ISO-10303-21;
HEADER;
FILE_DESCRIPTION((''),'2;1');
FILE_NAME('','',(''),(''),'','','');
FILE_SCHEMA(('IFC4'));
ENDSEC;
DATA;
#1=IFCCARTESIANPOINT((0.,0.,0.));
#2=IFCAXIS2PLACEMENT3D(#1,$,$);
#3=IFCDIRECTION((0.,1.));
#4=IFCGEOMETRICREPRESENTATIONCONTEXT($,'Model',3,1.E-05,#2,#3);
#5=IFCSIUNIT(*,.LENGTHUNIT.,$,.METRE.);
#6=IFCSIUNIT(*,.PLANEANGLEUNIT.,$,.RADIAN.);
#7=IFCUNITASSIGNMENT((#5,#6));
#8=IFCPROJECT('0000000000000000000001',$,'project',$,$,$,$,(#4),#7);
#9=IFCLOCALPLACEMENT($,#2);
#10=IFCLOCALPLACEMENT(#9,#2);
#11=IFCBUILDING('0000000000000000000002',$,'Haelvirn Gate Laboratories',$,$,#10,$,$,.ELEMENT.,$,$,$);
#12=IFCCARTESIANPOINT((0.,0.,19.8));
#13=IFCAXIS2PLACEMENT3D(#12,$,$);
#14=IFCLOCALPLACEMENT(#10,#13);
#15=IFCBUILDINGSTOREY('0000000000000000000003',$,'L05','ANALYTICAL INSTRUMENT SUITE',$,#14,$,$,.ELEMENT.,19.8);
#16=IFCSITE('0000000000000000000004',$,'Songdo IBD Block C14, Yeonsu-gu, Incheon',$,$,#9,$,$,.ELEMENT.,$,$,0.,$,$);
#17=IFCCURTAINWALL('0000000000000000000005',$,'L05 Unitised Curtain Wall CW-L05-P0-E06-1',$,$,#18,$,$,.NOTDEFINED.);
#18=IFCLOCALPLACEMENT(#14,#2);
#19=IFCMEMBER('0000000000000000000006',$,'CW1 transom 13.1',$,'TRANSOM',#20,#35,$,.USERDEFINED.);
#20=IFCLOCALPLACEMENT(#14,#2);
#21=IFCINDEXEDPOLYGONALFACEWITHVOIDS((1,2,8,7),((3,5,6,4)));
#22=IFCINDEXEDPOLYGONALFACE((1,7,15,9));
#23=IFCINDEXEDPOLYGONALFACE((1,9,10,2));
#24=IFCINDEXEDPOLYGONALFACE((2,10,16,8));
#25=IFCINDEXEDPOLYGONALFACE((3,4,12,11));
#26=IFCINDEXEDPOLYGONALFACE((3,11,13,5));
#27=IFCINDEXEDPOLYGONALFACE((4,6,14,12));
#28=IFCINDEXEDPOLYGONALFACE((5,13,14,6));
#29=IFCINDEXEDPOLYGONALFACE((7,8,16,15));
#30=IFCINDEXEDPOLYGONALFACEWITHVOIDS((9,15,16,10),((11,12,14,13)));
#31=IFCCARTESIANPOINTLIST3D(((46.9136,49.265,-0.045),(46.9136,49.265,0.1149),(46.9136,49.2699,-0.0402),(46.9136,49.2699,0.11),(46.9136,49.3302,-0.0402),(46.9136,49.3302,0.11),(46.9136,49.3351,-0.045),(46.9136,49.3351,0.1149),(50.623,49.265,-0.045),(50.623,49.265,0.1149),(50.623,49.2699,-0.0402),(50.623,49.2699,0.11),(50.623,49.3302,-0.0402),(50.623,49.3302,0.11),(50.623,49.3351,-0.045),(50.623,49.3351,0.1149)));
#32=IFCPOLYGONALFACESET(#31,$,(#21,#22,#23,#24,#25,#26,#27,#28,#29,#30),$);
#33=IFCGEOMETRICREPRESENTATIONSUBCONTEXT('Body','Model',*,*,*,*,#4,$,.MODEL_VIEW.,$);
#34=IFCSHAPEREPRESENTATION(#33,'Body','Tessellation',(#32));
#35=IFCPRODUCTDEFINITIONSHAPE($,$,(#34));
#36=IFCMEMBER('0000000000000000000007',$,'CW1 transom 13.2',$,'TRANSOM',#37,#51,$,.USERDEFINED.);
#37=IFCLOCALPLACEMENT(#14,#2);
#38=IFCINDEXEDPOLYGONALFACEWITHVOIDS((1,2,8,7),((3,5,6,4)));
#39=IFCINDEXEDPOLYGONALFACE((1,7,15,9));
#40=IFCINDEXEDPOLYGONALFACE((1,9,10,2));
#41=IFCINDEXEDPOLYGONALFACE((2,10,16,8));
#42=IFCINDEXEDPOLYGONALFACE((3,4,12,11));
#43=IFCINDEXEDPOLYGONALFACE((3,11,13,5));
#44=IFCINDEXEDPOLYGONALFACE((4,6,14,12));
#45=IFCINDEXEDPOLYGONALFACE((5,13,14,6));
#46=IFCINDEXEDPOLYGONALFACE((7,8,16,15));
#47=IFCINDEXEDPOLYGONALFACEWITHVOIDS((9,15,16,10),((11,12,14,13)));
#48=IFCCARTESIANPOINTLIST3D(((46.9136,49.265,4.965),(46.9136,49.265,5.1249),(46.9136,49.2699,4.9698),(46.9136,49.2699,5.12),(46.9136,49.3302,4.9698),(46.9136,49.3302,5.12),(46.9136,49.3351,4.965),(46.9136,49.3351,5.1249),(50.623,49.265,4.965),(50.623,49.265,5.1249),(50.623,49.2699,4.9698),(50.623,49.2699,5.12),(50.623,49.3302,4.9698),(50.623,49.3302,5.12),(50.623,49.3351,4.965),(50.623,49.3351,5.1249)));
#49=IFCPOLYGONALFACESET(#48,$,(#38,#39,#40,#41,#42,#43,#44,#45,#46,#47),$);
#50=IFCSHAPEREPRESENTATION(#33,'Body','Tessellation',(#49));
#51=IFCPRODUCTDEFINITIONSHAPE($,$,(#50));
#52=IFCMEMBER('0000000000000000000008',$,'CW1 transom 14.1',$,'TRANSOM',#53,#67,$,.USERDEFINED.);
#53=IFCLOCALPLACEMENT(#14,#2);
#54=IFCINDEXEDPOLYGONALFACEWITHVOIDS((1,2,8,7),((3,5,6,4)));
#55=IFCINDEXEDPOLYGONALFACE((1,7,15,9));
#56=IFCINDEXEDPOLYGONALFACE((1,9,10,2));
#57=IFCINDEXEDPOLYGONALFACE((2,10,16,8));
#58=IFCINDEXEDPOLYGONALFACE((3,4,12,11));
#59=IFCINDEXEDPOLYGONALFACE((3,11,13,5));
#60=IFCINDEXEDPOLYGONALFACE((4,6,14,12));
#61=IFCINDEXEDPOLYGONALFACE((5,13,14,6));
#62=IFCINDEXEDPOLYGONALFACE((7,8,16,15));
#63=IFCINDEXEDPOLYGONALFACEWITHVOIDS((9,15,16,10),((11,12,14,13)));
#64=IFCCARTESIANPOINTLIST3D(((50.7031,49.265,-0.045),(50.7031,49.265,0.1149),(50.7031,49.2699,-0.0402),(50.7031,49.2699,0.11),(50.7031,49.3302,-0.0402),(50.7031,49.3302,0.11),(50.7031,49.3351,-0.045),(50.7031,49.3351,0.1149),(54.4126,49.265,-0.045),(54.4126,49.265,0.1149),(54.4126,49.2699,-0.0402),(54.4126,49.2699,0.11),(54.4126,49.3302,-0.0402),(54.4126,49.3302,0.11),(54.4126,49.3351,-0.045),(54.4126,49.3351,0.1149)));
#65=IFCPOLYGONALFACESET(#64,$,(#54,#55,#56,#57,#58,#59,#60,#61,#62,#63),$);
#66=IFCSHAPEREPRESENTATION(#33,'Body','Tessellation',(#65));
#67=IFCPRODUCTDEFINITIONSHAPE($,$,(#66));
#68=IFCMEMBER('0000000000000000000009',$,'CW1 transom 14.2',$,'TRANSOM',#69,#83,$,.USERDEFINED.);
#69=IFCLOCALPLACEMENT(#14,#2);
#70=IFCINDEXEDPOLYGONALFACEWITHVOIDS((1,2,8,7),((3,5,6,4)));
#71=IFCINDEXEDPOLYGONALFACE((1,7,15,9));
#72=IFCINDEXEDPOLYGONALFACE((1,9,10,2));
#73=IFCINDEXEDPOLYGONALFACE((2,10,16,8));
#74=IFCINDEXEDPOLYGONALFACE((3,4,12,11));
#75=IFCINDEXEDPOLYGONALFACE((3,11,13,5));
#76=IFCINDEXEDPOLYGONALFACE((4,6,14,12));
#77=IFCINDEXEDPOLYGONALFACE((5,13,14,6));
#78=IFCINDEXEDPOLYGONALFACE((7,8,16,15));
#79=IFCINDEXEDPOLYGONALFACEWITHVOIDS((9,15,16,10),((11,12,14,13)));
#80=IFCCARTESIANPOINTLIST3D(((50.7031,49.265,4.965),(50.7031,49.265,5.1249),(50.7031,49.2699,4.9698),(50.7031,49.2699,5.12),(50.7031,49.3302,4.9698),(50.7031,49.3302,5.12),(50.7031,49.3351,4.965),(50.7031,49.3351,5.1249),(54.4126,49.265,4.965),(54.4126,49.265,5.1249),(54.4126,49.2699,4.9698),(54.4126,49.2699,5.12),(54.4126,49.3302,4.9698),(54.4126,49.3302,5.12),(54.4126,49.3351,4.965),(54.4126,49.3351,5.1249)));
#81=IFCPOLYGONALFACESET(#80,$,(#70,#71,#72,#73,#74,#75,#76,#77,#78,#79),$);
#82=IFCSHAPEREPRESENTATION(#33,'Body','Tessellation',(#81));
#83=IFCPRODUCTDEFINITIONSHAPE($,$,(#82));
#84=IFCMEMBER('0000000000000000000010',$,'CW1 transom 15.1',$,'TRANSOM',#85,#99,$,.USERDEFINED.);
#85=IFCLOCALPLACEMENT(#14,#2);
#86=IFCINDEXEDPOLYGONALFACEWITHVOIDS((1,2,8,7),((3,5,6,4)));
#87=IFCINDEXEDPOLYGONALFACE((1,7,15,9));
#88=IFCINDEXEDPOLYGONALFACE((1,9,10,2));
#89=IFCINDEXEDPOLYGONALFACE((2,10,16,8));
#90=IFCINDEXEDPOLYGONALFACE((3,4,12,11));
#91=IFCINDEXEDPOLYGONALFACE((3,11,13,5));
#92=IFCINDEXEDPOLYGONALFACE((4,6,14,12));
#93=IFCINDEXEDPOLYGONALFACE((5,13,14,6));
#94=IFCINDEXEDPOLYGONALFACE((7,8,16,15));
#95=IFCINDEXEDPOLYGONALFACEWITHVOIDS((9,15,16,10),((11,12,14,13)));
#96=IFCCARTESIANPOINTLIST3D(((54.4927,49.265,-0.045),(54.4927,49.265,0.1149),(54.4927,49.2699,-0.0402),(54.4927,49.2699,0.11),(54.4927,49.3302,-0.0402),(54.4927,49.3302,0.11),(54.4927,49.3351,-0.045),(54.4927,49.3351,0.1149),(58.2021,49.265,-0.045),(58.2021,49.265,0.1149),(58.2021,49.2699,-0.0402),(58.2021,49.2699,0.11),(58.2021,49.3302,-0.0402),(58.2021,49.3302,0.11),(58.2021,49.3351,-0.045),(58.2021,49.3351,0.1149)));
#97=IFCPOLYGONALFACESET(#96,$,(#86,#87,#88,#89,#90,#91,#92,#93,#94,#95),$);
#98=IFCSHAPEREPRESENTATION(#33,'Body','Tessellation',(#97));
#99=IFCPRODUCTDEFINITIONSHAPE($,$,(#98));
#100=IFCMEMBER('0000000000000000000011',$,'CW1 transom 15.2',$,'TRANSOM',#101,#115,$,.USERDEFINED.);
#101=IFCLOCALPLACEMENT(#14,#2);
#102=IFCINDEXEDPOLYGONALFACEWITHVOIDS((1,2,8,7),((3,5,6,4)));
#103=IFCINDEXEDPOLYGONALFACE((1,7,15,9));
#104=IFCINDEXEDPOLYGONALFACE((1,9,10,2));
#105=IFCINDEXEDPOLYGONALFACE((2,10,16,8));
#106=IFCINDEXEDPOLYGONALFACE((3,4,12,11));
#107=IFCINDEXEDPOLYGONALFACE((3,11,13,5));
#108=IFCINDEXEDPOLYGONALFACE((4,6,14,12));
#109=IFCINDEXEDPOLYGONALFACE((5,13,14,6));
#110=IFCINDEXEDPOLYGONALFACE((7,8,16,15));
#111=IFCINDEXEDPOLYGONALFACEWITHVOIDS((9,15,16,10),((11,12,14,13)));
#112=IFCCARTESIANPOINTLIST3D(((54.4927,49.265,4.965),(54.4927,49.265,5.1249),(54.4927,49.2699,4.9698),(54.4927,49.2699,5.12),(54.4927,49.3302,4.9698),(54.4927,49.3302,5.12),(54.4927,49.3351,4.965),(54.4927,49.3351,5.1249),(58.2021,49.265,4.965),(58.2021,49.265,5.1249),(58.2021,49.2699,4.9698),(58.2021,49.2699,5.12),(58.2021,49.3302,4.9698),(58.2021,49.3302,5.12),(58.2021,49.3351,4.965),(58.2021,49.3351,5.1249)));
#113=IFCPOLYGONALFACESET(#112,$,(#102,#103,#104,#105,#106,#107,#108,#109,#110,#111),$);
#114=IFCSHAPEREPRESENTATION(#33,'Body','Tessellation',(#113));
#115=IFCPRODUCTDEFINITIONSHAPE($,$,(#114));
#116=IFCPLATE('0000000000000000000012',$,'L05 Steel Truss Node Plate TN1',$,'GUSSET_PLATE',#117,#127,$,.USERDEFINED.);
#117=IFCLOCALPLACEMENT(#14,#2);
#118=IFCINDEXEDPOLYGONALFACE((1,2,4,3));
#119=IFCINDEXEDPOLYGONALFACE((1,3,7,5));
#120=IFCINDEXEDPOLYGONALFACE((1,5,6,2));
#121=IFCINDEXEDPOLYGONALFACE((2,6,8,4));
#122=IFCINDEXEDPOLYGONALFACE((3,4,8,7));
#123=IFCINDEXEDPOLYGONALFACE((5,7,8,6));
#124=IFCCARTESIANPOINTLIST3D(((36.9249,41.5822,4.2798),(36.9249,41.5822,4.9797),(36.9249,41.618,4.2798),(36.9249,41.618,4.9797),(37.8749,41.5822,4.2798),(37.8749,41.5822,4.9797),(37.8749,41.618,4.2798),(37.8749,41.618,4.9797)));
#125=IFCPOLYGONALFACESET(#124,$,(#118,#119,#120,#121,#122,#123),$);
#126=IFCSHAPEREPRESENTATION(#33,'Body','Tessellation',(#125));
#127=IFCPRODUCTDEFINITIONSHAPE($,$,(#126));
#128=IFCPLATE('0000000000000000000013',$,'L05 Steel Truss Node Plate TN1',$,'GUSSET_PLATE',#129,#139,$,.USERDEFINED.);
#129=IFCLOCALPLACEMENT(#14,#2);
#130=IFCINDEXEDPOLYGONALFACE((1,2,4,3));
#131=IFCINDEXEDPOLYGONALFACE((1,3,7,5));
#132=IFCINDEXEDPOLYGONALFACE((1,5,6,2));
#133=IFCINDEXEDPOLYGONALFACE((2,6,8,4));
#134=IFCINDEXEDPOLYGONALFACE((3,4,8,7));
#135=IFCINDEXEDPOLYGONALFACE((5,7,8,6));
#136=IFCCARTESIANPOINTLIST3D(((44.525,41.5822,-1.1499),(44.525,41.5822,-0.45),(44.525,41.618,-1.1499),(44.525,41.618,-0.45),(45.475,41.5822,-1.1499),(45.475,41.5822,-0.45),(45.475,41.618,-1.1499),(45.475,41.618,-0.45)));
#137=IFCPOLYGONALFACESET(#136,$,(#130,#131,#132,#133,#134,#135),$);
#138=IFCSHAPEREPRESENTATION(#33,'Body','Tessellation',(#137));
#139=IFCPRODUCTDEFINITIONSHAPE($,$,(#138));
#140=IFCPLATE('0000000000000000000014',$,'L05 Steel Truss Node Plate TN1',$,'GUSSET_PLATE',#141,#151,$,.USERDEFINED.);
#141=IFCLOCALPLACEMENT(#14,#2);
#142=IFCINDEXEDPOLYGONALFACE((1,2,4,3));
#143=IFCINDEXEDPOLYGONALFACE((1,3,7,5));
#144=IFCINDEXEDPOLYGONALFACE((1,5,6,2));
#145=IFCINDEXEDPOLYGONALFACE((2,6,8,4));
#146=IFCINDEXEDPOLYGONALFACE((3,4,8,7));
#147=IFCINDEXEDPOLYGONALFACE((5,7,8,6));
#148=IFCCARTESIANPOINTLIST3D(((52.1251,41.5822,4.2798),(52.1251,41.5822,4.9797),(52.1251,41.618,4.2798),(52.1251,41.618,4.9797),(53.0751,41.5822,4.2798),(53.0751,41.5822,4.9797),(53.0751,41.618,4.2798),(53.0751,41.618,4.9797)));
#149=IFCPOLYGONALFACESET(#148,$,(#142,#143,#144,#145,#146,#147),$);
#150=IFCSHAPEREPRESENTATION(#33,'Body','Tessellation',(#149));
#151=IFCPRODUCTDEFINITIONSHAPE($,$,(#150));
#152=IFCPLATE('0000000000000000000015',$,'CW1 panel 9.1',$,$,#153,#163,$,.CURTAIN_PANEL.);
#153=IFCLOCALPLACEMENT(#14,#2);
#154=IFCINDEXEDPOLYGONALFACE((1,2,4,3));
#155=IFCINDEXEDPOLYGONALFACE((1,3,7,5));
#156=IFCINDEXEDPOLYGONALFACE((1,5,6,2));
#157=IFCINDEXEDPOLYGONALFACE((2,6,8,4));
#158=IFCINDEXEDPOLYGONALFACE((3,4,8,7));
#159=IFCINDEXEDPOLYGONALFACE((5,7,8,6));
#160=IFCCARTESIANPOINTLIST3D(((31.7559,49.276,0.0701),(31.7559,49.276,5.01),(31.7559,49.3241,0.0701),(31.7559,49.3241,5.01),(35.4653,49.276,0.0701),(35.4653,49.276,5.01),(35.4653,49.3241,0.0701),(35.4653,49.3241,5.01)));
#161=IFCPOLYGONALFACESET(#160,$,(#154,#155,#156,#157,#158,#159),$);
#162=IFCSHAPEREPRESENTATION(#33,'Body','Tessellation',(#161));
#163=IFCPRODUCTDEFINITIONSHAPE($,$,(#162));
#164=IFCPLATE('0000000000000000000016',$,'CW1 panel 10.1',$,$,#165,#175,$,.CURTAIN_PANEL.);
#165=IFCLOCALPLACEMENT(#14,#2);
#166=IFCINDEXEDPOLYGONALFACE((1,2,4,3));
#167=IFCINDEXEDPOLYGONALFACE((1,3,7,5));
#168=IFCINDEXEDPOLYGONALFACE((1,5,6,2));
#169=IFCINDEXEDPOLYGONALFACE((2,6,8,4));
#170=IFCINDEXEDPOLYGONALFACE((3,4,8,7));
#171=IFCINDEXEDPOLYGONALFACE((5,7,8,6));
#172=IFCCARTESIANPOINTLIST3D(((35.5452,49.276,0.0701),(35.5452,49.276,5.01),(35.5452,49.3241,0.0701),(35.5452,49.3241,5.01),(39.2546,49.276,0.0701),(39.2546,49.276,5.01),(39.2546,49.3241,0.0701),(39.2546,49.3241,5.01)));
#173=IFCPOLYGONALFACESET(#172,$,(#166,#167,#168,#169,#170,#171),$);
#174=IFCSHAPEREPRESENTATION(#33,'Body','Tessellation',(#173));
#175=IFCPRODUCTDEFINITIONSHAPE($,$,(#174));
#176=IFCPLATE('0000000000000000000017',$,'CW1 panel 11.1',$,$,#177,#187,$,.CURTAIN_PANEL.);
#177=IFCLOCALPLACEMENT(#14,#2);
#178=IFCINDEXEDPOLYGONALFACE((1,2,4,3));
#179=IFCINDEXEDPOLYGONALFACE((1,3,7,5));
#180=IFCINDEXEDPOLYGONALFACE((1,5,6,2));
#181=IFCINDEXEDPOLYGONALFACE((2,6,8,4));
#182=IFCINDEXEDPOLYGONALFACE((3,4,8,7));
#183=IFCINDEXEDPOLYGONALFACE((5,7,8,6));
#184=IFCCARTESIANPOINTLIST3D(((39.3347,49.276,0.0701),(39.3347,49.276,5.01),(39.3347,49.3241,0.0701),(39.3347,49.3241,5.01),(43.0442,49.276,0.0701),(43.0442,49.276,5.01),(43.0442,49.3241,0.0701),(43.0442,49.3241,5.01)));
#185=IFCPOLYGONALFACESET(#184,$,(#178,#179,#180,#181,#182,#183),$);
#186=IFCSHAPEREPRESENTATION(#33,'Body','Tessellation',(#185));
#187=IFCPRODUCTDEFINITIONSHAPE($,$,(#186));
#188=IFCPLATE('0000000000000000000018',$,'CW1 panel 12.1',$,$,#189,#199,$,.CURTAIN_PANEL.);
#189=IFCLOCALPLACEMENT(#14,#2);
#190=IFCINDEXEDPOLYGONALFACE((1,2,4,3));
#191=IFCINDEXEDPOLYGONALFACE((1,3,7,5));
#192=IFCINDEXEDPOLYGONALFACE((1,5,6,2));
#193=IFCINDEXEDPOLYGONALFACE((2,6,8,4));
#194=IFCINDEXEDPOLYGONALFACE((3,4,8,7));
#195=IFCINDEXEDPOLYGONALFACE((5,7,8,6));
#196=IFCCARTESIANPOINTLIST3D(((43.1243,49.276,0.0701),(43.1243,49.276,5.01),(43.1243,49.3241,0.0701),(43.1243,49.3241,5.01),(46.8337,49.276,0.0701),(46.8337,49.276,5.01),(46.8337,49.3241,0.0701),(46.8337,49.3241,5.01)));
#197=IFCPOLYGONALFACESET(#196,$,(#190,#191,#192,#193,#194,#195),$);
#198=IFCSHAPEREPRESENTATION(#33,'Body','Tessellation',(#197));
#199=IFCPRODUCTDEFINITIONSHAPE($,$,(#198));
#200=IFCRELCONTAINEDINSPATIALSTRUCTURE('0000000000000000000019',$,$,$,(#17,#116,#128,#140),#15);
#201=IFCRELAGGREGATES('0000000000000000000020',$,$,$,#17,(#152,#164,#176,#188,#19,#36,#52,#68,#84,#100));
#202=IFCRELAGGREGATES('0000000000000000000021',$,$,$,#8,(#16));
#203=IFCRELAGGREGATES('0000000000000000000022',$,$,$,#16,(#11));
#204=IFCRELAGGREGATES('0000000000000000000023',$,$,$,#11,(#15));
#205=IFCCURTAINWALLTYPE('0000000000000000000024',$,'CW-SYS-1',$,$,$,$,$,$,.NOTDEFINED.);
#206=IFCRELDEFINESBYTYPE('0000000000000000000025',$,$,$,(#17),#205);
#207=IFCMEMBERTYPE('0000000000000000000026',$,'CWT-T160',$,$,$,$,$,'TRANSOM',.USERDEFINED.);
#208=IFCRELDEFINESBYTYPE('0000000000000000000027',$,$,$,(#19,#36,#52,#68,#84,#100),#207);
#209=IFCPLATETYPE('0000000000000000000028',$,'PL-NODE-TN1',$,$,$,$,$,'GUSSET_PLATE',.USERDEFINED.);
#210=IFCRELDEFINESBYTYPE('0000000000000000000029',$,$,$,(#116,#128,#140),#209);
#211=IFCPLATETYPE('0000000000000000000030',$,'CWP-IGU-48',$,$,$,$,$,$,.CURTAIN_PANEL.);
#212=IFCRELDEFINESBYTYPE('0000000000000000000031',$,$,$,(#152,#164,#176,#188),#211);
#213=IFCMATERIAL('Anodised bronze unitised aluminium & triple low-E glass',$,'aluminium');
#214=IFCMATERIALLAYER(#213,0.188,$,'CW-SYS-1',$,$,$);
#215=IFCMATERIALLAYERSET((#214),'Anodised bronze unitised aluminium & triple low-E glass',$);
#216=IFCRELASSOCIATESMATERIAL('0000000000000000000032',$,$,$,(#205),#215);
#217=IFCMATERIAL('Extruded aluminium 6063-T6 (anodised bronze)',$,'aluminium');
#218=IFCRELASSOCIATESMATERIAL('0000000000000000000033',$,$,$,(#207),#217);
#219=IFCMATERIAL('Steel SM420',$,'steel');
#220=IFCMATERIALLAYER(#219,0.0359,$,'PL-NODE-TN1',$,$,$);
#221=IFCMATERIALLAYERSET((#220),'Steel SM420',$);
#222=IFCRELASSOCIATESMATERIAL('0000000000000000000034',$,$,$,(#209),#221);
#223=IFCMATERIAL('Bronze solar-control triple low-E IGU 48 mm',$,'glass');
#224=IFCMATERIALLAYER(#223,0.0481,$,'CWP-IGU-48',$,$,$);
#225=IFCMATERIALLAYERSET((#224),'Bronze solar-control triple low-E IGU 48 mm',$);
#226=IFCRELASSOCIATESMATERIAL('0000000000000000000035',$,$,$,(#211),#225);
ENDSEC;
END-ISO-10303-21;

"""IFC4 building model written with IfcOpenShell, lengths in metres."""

from ifc_helpers import new_model, si_unit, direction, frame, origin, origin_2d, place, context, subcontext, project, spatial, rectangle, hollow_rectangle, extrude, source, transform, mapped, material, layer, layer_set, material_profile, profile_set, type_object, type_shapes, element, aggregate, save


model = new_model("IFC4")

# Units and contexts
model_context = context("Model", 3, precision=1e-05, world=origin(), true_north=direction((0.0, 1.0)))
body_context = subcontext(model_context, "Body", "Model", "MODEL_VIEW")
ifc_project = project(units=[si_unit("LENGTHUNIT", "METRE"), si_unit("PLANEANGLEUNIT", "RADIAN")], contexts=[model_context])

# Site, building, storey
site_placement = place(None, origin())
site = spatial("IfcSite", under=ifc_project, at=site_placement, Name="Songdo IBD Block C14, Yeonsu-gu, Incheon", CompositionType="ELEMENT", RefElevation=0.0)
building_placement = place(site_placement, origin())
building = spatial("IfcBuilding", under=site, at=building_placement, Name="Haelvirn Gate Laboratories", CompositionType="ELEMENT")
storey_placement = place(building_placement, frame((0.0, 0.0, 19.8)))
storey = spatial("IfcBuildingStorey", under=building, at=storey_placement, Name="L05", Description="ANALYTICAL INSTRUMENT SUITE", CompositionType="ELEMENT", Elevation=19.8)

# Shared definitions
ifc_material_1 = material(Name="Steel SM420", Category="steel")

# Curtain wall, members
ifc_material_2 = material(Name="Anodised bronze unitised aluminium & triple low-E glass", Category="aluminium")
ifc_layer_1 = layer(ifc_material_2, 0.188, Name="CW-SYS-1")
ifc_layer_set_1 = layer_set([ifc_layer_1], Name="Anodised bronze unitised aluminium & triple low-E glass")
curtain_wall_type = type_object("IfcCurtainWallType", Name="CW-SYS-1", PredefinedType="NOTDEFINED", material=ifc_layer_set_1)
curtain_wall_placement = place(storey_placement, origin())
curtain_wall = element("IfcCurtainWall", 1, at=curtain_wall_placement, inside=storey, type_object=curtain_wall_type, Name="L05 Unitised Curtain Wall CW-L05-P0-E06-1", PredefinedType="NOTDEFINED")
ifc_material_3 = material(Name="Extruded aluminium 6063-T6 (anodised bronze)", Category="aluminium")
ifc_material_profile_1 = material_profile(ifc_material_3, hollow_rectangle(XDim=0.0701, YDim=0.1599, WallThickness=0.0049, at=origin_2d()), Name="CWT-160x70x5")
ifc_profile_set_1 = profile_set([ifc_material_profile_1], Name="Extruded aluminium 6063-T6 (anodised bronze)")
member_type_1 = type_object("IfcMemberType", Name="CWT-T160", ElementType="TRANSOM", PredefinedType="USERDEFINED", material=ifc_profile_set_1)
shared_shape_1 = source(origin(), body_context, "Body", "SweptSolid", [
    extrude(hollow_rectangle(XDim=0.0701, YDim=0.1599, WallThickness=0.0049, at=origin_2d()), origin(), (0.0, 0.0, 1.0), 3.7095),
])
type_shapes(member_type_1, [shared_shape_1])
member_1_placement = place(storey_placement, frame((46.9136, 49.3, 0.0349), z_axis=(1.0, 0.0, 0.0), x_axis=(0.0, 1.0, 0.0)))
member_1 = element("IfcMember", 2, at=member_1_placement, type_object=member_type_1, Name="CW1 transom 13.1", ObjectType="TRANSOM", PredefinedType="USERDEFINED", context=body_context, shape_type="MappedRepresentation", body=[
    mapped(shared_shape_1, transform((0.0, 0.0, 0.0), scale=1.0)),
])
member_2_placement = place(storey_placement, frame((46.9136, 49.3, 5.0449), z_axis=(1.0, 0.0, 0.0), x_axis=(0.0, 1.0, 0.0)))
member_2 = element("IfcMember", 3, at=member_2_placement, type_object=member_type_1, Name="CW1 transom 13.2", ObjectType="TRANSOM", PredefinedType="USERDEFINED", context=body_context, shape_type="MappedRepresentation", body=[
    mapped(shared_shape_1, transform((0.0, 0.0, 0.0), scale=1.0)),
])
member_3_placement = place(storey_placement, frame((50.7031, 49.3, 0.0349), z_axis=(1.0, 0.0, 0.0), x_axis=(0.0, 1.0, 0.0)))
member_3 = element("IfcMember", 4, at=member_3_placement, type_object=member_type_1, Name="CW1 transom 14.1", ObjectType="TRANSOM", PredefinedType="USERDEFINED", context=body_context, shape_type="MappedRepresentation", body=[
    mapped(shared_shape_1, transform((0.0, 0.0, 0.0), scale=1.0)),
])
member_4_placement = place(storey_placement, frame((50.7031, 49.3, 5.0449), z_axis=(1.0, 0.0, 0.0), x_axis=(0.0, 1.0, 0.0)))
member_4 = element("IfcMember", 5, at=member_4_placement, type_object=member_type_1, Name="CW1 transom 14.2", ObjectType="TRANSOM", PredefinedType="USERDEFINED", context=body_context, shape_type="MappedRepresentation", body=[
    mapped(shared_shape_1, transform((0.0, 0.0, 0.0), scale=1.0)),
])
member_5_placement = place(storey_placement, frame((54.4927, 49.3, 0.0349), z_axis=(1.0, 0.0, 0.0), x_axis=(0.0, 1.0, 0.0)))
member_5 = element("IfcMember", 6, at=member_5_placement, type_object=member_type_1, Name="CW1 transom 15.1", ObjectType="TRANSOM", PredefinedType="USERDEFINED", context=body_context, shape_type="MappedRepresentation", body=[
    mapped(shared_shape_1, transform((0.0, 0.0, 0.0), scale=1.0)),
])
member_6_placement = place(storey_placement, frame((54.4927, 49.3, 5.0449), z_axis=(1.0, 0.0, 0.0), x_axis=(0.0, 1.0, 0.0)))
member_6 = element("IfcMember", 7, at=member_6_placement, type_object=member_type_1, Name="CW1 transom 15.2", ObjectType="TRANSOM", PredefinedType="USERDEFINED", context=body_context, shape_type="MappedRepresentation", body=[
    mapped(shared_shape_1, transform((0.0, 0.0, 0.0), scale=1.0)),
])

# Plates
ifc_layer_2 = layer(ifc_material_1, 0.0359, Name="PL-NODE-TN1")
ifc_layer_set_2 = layer_set([ifc_layer_2], Name="Steel SM420")
plate_type_1 = type_object("IfcPlateType", Name="PL-NODE-TN1", ElementType="GUSSET_PLATE", PredefinedType="USERDEFINED", material=ifc_layer_set_2)
shared_shape_2 = source(origin(), body_context, "Body", "SweptSolid", [
    extrude(rectangle(XDim=0.95, YDim=0.0359, at=origin_2d()), origin(), (0.0, 0.0, 1.0), 0.7),
])
type_shapes(plate_type_1, [shared_shape_2])
for number, where, z_axis, x_axis, name in (
    (8, (37.3999, 41.6001, 4.2798), (0.0, 0.0, 1.0), (1.0, 0.0, 0.0), "L05 Steel Truss Node Plate TN1"),
    (9, (45.0, 41.6001, -1.1499), (0.0, 0.0, 1.0), (1.0, 0.0, 0.0), "L05 Steel Truss Node Plate TN1"),
    (10, (52.6001, 41.6001, 4.2798), (0.0, 0.0, 1.0), (1.0, 0.0, 0.0), "L05 Steel Truss Node Plate TN1"),
):
    element("IfcPlate", number, at=place(storey_placement, frame(where, z_axis=z_axis, x_axis=x_axis)), inside=storey, type_object=plate_type_1, Name=name, ObjectType="GUSSET_PLATE", PredefinedType="USERDEFINED", context=body_context, shape_type="MappedRepresentation", body=[
        mapped(shared_shape_2, transform((0.0, 0.0, 0.0), scale=1.0)),
    ])

# Plates
ifc_material_4 = material(Name="Bronze solar-control triple low-E IGU 48 mm", Category="glass")
ifc_layer_3 = layer(ifc_material_4, 0.0481, Name="CWP-IGU-48")
ifc_layer_set_3 = layer_set([ifc_layer_3], Name="Bronze solar-control triple low-E IGU 48 mm")
plate_type_2 = type_object("IfcPlateType", Name="CWP-IGU-48", PredefinedType="CURTAIN_PANEL", material=ifc_layer_set_3)
shared_shape_3 = source(origin(), body_context, "Body", "SweptSolid", [
    extrude(rectangle(XDim=3.7095, YDim=0.0481, at=origin_2d()), origin(), (0.0, 0.0, 1.0), 4.9399),
])
type_shapes(plate_type_2, [shared_shape_3])
plate_1_placement = place(storey_placement, frame((33.6106, 49.3, 0.0701), z_axis=(0.0, 0.0, 1.0), x_axis=(1.0, 0.0, 0.0)))
plate_1 = element("IfcPlate", 11, at=plate_1_placement, type_object=plate_type_2, Name="CW1 panel 9.1", PredefinedType="CURTAIN_PANEL", context=body_context, shape_type="MappedRepresentation", body=[
    mapped(shared_shape_3, transform((0.0, 0.0, 0.0), scale=1.0)),
])
plate_2_placement = place(storey_placement, frame((37.3999, 49.3, 0.0701), z_axis=(0.0, 0.0, 1.0), x_axis=(1.0, 0.0, 0.0)))
plate_2 = element("IfcPlate", 12, at=plate_2_placement, type_object=plate_type_2, Name="CW1 panel 10.1", PredefinedType="CURTAIN_PANEL", context=body_context, shape_type="MappedRepresentation", body=[
    mapped(shared_shape_3, transform((0.0, 0.0, 0.0), scale=1.0)),
])
plate_3_placement = place(storey_placement, frame((41.1895, 49.3, 0.0701), z_axis=(0.0, 0.0, 1.0), x_axis=(1.0, 0.0, 0.0)))
plate_3 = element("IfcPlate", 13, at=plate_3_placement, type_object=plate_type_2, Name="CW1 panel 11.1", PredefinedType="CURTAIN_PANEL", context=body_context, shape_type="MappedRepresentation", body=[
    mapped(shared_shape_3, transform((0.0, 0.0, 0.0), scale=1.0)),
])
plate_4_placement = place(storey_placement, frame((44.979, 49.3, 0.0701), z_axis=(0.0, 0.0, 1.0), x_axis=(1.0, 0.0, 0.0)))
plate_4 = element("IfcPlate", 14, at=plate_4_placement, type_object=plate_type_2, Name="CW1 panel 12.1", PredefinedType="CURTAIN_PANEL", context=body_context, shape_type="MappedRepresentation", body=[
    mapped(shared_shape_3, transform((0.0, 0.0, 0.0), scale=1.0)),
])
aggregate(curtain_wall, [plate_1, plate_2, plate_3, plate_4, member_1, member_2, member_3, member_4, member_5, member_6])

save(model, "model.ifc")
